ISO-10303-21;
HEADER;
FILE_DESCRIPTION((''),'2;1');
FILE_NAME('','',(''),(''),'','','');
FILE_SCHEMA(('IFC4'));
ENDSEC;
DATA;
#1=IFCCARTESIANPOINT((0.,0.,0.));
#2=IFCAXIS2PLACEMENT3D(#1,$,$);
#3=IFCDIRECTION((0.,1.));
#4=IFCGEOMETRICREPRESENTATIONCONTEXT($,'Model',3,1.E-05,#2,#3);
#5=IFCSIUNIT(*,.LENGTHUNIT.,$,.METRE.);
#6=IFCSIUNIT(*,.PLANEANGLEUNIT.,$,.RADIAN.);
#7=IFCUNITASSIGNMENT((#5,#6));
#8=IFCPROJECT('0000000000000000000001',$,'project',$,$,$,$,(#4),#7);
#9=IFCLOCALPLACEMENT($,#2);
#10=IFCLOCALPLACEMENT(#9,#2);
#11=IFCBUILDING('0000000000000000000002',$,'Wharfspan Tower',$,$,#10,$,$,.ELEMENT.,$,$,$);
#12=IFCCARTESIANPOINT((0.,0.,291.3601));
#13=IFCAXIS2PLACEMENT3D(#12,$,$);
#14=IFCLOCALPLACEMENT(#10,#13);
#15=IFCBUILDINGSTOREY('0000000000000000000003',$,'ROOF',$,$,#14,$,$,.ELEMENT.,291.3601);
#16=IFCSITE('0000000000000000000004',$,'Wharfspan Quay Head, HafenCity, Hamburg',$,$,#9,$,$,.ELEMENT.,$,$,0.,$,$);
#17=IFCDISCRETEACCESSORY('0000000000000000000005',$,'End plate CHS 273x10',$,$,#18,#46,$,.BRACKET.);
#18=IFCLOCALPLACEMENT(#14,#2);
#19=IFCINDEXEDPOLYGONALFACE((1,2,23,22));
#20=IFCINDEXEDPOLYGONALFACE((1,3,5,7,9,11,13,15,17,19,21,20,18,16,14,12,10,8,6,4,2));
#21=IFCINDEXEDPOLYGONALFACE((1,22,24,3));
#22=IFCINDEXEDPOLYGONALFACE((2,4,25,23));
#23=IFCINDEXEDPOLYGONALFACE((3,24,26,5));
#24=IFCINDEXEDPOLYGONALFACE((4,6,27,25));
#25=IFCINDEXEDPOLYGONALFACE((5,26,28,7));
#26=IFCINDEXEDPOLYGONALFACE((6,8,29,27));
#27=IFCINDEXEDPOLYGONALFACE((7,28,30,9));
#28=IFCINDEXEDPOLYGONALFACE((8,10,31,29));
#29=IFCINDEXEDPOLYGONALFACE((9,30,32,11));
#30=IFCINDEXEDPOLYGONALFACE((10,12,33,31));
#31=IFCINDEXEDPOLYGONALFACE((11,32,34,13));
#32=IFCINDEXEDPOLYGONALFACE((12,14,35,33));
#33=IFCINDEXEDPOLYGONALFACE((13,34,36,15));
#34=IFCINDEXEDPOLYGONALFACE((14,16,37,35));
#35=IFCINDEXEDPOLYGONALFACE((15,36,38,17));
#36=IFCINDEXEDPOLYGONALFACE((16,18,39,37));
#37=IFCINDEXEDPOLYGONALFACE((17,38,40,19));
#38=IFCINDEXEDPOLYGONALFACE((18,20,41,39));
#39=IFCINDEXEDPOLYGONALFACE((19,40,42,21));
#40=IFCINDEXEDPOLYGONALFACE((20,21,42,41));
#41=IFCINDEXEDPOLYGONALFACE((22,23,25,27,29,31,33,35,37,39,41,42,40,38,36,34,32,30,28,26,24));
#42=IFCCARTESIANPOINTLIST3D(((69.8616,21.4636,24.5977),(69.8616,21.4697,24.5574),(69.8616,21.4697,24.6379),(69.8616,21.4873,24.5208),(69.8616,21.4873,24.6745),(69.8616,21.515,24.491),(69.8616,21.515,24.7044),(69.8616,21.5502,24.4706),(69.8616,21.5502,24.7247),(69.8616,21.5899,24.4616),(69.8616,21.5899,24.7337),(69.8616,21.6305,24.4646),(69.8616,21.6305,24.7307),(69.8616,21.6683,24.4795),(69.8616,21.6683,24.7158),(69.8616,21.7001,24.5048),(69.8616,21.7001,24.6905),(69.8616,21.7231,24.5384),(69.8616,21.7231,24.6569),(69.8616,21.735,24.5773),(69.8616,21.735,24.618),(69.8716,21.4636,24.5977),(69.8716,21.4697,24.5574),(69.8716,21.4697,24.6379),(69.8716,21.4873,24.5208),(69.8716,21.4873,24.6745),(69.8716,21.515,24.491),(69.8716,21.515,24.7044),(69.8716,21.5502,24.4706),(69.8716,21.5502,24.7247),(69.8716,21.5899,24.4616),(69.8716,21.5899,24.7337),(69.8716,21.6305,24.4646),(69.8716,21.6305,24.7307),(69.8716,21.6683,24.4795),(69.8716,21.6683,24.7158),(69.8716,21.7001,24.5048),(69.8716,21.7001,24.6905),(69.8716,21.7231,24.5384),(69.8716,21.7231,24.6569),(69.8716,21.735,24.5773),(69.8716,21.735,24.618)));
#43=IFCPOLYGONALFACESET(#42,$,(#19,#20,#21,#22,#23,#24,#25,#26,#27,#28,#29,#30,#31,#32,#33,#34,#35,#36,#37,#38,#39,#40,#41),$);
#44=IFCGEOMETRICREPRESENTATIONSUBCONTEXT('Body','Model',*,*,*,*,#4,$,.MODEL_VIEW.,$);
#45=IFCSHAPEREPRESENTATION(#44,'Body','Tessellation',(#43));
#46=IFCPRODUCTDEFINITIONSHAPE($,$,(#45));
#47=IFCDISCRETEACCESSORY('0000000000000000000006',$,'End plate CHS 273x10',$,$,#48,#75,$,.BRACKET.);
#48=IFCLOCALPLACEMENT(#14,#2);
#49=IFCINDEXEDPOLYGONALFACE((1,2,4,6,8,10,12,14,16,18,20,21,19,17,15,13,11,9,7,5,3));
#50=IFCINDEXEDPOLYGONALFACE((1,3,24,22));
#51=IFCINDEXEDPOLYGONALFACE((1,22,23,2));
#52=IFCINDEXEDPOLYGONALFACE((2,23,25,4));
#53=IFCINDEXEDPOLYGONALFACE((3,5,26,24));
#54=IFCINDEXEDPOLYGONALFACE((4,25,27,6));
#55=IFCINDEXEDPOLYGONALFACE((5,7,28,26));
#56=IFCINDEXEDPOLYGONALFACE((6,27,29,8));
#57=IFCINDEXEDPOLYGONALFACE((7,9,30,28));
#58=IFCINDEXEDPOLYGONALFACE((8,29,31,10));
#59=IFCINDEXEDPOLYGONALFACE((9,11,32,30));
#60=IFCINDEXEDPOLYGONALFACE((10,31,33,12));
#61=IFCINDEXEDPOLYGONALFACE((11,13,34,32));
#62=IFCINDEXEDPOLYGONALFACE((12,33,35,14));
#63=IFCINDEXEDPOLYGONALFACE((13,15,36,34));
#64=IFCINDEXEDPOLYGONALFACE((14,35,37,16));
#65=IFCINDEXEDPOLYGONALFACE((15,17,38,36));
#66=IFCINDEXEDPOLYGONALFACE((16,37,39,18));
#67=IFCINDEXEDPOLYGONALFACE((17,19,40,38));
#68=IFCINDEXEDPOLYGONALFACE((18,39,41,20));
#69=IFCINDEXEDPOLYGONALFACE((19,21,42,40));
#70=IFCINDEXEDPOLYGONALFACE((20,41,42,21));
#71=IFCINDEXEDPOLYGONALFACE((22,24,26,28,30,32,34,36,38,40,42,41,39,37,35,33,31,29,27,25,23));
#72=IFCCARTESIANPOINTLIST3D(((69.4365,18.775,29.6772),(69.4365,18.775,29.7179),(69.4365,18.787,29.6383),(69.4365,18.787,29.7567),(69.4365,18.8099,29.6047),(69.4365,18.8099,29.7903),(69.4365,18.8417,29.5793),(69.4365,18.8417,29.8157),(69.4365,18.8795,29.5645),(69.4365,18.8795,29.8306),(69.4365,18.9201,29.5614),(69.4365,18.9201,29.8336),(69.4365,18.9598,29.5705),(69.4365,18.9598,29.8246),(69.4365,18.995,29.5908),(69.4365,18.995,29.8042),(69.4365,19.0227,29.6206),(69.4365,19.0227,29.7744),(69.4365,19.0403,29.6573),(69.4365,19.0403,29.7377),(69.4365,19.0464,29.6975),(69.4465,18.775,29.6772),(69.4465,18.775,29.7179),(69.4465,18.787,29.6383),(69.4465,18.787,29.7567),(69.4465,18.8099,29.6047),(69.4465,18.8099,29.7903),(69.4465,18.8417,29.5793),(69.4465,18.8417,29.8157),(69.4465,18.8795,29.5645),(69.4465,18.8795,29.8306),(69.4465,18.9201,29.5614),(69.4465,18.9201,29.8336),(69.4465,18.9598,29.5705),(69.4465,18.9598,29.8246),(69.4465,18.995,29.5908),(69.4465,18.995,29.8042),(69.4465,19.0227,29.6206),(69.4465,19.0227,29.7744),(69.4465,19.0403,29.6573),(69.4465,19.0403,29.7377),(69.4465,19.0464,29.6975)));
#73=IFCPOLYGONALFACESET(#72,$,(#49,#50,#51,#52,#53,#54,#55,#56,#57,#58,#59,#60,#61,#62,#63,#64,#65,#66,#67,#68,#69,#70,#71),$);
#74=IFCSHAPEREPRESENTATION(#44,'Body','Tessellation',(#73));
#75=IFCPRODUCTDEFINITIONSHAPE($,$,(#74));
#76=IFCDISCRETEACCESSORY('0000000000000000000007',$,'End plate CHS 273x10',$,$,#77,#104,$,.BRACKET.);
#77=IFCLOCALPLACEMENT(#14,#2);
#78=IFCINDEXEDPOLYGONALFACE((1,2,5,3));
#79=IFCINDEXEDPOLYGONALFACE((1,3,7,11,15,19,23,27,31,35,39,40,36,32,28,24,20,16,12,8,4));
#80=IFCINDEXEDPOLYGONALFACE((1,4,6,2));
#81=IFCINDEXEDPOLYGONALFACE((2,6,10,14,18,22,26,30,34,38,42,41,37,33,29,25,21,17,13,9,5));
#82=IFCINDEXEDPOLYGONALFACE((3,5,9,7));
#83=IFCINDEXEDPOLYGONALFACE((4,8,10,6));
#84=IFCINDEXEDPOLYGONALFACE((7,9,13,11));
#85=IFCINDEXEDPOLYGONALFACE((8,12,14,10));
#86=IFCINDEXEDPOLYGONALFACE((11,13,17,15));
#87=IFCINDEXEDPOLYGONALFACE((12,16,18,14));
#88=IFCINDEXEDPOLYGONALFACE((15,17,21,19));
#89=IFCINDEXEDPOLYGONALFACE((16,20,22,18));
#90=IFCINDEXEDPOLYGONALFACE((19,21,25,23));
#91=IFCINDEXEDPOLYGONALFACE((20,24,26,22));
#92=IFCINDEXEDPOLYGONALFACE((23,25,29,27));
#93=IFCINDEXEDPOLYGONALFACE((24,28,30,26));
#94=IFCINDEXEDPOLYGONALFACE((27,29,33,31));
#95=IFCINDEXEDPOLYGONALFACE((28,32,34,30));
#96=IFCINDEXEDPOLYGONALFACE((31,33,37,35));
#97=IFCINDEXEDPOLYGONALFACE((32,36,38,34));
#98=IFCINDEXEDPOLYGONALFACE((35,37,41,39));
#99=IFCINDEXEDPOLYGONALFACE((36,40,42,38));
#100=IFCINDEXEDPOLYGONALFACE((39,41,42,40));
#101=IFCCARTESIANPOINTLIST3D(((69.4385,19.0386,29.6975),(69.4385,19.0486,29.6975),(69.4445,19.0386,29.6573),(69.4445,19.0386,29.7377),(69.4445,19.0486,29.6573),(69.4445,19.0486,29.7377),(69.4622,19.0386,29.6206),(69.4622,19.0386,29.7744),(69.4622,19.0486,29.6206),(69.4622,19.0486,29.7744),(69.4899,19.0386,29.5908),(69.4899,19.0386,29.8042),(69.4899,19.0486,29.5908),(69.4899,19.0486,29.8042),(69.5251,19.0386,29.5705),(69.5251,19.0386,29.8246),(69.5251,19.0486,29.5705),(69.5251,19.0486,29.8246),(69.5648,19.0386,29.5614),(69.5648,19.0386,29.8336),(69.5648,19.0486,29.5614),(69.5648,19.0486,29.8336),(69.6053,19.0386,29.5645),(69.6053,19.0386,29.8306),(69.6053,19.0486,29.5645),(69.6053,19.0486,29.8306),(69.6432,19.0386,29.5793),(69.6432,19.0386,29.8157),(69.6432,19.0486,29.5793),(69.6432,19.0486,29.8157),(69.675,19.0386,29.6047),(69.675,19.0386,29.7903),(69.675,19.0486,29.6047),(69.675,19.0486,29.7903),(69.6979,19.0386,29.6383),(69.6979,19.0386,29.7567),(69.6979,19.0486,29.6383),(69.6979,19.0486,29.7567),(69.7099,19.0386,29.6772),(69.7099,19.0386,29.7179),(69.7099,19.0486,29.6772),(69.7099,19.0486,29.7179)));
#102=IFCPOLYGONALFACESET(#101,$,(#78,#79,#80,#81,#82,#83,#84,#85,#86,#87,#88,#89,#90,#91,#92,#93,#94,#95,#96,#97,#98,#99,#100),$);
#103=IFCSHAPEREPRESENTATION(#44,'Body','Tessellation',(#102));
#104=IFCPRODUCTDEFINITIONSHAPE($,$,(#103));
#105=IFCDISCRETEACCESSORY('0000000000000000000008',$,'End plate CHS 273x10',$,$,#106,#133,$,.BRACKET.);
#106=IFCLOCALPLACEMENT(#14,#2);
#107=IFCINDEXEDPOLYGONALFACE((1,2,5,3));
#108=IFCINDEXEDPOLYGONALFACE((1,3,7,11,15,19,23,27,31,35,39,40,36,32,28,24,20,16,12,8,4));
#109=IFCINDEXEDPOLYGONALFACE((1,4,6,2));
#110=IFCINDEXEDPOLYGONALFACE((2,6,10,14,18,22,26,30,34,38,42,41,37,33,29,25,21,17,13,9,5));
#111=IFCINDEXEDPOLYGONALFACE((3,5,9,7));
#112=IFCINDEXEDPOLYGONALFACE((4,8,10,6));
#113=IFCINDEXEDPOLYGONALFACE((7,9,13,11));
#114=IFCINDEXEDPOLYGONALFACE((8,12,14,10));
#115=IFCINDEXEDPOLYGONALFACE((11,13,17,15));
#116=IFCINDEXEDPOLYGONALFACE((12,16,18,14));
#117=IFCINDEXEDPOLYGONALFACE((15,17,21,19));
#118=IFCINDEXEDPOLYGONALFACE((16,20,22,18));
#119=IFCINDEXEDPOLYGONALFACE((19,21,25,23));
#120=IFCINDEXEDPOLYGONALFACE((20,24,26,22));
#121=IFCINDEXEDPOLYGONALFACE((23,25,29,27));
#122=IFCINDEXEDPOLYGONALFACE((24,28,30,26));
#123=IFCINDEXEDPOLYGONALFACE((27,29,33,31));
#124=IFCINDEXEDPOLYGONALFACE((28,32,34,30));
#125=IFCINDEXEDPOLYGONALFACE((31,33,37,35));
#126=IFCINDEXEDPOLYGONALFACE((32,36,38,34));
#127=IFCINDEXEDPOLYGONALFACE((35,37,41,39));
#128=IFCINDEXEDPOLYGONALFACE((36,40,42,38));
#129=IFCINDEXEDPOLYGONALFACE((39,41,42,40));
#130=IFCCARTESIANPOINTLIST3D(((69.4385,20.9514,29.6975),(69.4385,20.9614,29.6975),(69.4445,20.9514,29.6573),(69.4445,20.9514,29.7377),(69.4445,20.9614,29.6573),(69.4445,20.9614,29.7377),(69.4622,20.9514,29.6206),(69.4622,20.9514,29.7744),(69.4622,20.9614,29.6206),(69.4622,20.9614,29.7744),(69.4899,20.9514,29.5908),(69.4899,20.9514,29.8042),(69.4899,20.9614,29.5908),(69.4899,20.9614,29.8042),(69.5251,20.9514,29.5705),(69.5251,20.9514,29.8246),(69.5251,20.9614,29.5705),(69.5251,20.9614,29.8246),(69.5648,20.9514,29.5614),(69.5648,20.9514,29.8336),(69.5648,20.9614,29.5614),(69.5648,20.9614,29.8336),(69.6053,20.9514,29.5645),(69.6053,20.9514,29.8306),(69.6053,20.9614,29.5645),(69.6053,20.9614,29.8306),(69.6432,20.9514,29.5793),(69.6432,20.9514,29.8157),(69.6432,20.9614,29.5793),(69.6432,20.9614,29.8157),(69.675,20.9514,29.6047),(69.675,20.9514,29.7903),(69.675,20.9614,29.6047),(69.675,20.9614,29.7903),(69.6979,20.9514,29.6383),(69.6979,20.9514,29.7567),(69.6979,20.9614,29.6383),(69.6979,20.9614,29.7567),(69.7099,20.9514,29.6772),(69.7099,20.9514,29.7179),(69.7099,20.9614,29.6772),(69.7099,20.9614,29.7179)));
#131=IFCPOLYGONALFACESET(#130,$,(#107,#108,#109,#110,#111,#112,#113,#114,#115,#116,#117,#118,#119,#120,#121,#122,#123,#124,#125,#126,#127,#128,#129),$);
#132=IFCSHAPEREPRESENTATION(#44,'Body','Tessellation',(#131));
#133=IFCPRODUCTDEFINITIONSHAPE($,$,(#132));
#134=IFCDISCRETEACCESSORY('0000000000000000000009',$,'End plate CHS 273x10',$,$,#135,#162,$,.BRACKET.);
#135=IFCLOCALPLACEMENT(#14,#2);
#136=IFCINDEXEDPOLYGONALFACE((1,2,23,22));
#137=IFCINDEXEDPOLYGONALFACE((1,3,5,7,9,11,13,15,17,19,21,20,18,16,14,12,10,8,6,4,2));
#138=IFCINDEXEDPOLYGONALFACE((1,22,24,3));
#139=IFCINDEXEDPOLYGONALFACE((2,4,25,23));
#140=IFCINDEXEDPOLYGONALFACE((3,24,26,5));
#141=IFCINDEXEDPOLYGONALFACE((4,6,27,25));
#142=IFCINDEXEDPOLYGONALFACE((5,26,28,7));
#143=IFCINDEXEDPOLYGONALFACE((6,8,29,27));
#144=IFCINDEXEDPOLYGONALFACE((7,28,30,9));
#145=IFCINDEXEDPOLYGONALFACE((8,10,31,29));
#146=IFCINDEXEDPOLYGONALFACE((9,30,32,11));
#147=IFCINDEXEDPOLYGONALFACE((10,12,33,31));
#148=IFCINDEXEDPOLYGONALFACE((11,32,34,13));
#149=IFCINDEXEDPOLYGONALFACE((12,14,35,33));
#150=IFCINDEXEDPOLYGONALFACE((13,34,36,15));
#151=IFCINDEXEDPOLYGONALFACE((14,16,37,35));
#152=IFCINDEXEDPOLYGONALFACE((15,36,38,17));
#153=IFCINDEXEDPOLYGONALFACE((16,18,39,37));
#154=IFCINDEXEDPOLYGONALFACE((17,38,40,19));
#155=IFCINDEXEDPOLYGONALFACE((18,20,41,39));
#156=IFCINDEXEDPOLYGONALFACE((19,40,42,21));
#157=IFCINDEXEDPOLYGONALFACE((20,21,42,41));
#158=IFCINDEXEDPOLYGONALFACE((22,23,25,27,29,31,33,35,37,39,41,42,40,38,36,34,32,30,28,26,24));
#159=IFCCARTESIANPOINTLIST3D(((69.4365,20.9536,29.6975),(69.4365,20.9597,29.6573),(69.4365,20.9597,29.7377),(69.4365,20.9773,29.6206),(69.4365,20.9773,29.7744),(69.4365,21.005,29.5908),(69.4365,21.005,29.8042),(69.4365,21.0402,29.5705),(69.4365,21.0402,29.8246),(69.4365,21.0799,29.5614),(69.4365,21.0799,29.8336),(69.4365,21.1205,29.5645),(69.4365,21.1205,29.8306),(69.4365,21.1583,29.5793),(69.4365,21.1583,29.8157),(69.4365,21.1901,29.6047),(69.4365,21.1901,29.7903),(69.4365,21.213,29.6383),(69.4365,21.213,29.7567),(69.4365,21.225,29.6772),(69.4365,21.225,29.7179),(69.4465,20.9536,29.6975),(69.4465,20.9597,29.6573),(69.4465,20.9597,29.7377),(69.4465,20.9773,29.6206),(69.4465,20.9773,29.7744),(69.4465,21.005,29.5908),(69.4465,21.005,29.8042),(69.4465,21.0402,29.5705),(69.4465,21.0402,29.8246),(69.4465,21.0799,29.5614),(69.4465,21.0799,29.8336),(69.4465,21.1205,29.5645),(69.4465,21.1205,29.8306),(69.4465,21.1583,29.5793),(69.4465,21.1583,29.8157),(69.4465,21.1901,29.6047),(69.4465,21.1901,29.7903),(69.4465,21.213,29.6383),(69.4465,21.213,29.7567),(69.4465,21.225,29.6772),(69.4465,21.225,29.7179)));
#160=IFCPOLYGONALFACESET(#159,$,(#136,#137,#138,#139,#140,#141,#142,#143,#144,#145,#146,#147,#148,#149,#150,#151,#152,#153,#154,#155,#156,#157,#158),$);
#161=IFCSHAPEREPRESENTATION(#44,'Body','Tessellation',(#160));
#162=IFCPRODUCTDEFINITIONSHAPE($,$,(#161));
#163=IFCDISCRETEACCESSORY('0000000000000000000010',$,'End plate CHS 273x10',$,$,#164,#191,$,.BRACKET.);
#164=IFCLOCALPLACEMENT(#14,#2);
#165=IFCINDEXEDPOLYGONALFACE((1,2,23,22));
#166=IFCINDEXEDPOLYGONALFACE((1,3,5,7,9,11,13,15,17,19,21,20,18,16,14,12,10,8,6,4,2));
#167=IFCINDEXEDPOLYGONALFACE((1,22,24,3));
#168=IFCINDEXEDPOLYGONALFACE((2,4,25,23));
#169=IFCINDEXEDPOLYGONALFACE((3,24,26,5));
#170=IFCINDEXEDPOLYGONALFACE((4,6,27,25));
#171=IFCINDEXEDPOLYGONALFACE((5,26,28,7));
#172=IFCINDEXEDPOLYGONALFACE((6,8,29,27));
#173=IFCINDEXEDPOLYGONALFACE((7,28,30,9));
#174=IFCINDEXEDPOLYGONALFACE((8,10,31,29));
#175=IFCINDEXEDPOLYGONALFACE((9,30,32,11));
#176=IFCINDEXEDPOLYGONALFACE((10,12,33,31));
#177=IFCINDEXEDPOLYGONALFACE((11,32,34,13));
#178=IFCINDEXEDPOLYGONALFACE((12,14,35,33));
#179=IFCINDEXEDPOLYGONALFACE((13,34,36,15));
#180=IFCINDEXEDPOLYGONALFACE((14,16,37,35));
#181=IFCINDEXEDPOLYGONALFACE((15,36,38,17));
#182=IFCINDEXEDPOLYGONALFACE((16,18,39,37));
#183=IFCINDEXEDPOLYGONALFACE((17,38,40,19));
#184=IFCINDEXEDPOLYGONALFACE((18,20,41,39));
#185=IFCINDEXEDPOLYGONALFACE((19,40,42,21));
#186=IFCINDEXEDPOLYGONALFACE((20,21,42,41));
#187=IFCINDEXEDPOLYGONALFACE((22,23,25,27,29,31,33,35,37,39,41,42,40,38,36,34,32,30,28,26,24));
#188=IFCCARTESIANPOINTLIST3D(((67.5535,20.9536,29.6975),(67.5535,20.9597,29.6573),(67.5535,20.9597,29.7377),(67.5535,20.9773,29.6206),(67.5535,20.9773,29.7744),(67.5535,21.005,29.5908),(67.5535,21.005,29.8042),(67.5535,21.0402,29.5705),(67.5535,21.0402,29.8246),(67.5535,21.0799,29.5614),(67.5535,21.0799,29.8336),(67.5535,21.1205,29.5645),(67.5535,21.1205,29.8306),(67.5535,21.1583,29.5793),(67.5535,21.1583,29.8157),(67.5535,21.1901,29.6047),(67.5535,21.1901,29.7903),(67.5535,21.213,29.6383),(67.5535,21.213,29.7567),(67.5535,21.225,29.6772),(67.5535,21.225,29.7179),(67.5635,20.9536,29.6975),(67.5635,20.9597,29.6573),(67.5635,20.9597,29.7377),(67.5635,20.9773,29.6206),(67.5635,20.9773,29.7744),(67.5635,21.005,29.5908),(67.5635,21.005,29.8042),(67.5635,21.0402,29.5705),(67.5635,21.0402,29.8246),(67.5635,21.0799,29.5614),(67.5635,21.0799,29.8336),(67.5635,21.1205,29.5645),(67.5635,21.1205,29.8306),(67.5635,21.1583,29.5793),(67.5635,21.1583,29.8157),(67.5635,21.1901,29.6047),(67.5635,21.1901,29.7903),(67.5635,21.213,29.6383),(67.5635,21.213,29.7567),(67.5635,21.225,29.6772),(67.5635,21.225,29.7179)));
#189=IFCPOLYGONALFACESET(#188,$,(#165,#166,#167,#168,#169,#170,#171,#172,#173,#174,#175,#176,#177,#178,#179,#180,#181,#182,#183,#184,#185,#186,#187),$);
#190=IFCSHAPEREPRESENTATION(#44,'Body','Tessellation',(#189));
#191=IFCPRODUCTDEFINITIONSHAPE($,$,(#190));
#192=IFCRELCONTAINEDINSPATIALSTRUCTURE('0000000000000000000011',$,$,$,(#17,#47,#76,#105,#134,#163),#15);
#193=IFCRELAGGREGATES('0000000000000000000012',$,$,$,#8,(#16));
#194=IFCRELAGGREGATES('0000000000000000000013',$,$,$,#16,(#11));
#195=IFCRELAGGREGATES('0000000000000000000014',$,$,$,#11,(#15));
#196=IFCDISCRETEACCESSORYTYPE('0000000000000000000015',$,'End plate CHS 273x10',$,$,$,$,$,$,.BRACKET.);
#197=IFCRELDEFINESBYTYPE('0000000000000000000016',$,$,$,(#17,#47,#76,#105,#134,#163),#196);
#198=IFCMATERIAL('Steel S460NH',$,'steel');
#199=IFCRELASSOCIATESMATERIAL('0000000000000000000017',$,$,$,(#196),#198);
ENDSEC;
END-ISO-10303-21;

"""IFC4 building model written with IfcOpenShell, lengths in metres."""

from ifc_helpers import new_model, si_unit, direction, frame, origin, origin_2d, place, context, subcontext, project, spatial, circle, extrude, material, material_profile, profile_set, type_object, element, save


model = new_model("IFC4")

# Units and contexts
model_context = context("Model", 3, precision=1e-05, world=origin(), true_north=direction((0.0, 1.0)))
body_context = subcontext(model_context, "Body", "Model", "MODEL_VIEW")
ifc_project = project(units=[si_unit("LENGTHUNIT", "METRE"), si_unit("PLANEANGLEUNIT", "RADIAN")], contexts=[model_context])

# Site, building, storey
site_placement = place(None, origin())
site = spatial("IfcSite", under=ifc_project, at=site_placement, Name="Wharfspan Quay Head, HafenCity, Hamburg", CompositionType="ELEMENT", RefElevation=0.0)
building_placement = place(site_placement, origin())
building = spatial("IfcBuilding", under=site, at=building_placement, Name="Wharfspan Tower", CompositionType="ELEMENT")
storey_placement = place(building_placement, frame((0.0, 0.0, 291.3601)))
storey = spatial("IfcBuildingStorey", under=building, at=storey_placement, Name="ROOF", CompositionType="ELEMENT", Elevation=291.3601)

# Shared definitions
ifc_material = material(Name="Steel S460NH", Category="steel")

# Discrete accessories
ifc_material_profile_1 = material_profile(ifc_material, circle(Radius=0.1365, at=origin_2d()))
ifc_profile_set_1 = profile_set([ifc_material_profile_1], Name="Steel S460NH")
discrete_accessory_type_1 = type_object("IfcDiscreteAccessoryType", Name="End plate CHS 273x10", PredefinedType="BRACKET", material=ifc_profile_set_1)
for number, where, z_axis, x_axis, name in (
    (1, (69.8716, 21.6001, 24.5977), (-1.0, 0.0, 0.0), (0.0, -1.0, 0.0), "End plate CHS 273x10"),
    (2, (69.4365, 18.9099, 29.6975), (1.0, 0.0, 0.0), (0.0, 1.0, 0.0), "End plate CHS 273x10"),
    (3, (69.575, 19.0386, 29.6975), (0.0, 1.0, 0.0), (-1.0, 0.0, 0.0), "End plate CHS 273x10"),
    (4, (69.575, 20.9514, 29.6975), (0.0, 1.0, 0.0), (-1.0, 0.0, 0.0), "End plate CHS 273x10"),
    (5, (69.4465, 21.0901, 29.6975), (-1.0, 0.0, 0.0), (0.0, -1.0, 0.0), "End plate CHS 273x10"),
    (6, (67.5635, 21.0901, 29.6975), (-1.0, 0.0, 0.0), (0.0, -1.0, 0.0), "End plate CHS 273x10"),
):
    element("IfcDiscreteAccessory", number, at=place(storey_placement, frame(where, z_axis=z_axis, x_axis=x_axis)), inside=storey, type_object=discrete_accessory_type_1, Name=name, PredefinedType="BRACKET", context=body_context, shape_type="SweptSolid", body=[
        extrude(circle(Radius=0.1365, at=origin_2d()), origin(), (0.0, 0.0, 1.0), 0.01),
    ])

save(model, "model.ifc")
